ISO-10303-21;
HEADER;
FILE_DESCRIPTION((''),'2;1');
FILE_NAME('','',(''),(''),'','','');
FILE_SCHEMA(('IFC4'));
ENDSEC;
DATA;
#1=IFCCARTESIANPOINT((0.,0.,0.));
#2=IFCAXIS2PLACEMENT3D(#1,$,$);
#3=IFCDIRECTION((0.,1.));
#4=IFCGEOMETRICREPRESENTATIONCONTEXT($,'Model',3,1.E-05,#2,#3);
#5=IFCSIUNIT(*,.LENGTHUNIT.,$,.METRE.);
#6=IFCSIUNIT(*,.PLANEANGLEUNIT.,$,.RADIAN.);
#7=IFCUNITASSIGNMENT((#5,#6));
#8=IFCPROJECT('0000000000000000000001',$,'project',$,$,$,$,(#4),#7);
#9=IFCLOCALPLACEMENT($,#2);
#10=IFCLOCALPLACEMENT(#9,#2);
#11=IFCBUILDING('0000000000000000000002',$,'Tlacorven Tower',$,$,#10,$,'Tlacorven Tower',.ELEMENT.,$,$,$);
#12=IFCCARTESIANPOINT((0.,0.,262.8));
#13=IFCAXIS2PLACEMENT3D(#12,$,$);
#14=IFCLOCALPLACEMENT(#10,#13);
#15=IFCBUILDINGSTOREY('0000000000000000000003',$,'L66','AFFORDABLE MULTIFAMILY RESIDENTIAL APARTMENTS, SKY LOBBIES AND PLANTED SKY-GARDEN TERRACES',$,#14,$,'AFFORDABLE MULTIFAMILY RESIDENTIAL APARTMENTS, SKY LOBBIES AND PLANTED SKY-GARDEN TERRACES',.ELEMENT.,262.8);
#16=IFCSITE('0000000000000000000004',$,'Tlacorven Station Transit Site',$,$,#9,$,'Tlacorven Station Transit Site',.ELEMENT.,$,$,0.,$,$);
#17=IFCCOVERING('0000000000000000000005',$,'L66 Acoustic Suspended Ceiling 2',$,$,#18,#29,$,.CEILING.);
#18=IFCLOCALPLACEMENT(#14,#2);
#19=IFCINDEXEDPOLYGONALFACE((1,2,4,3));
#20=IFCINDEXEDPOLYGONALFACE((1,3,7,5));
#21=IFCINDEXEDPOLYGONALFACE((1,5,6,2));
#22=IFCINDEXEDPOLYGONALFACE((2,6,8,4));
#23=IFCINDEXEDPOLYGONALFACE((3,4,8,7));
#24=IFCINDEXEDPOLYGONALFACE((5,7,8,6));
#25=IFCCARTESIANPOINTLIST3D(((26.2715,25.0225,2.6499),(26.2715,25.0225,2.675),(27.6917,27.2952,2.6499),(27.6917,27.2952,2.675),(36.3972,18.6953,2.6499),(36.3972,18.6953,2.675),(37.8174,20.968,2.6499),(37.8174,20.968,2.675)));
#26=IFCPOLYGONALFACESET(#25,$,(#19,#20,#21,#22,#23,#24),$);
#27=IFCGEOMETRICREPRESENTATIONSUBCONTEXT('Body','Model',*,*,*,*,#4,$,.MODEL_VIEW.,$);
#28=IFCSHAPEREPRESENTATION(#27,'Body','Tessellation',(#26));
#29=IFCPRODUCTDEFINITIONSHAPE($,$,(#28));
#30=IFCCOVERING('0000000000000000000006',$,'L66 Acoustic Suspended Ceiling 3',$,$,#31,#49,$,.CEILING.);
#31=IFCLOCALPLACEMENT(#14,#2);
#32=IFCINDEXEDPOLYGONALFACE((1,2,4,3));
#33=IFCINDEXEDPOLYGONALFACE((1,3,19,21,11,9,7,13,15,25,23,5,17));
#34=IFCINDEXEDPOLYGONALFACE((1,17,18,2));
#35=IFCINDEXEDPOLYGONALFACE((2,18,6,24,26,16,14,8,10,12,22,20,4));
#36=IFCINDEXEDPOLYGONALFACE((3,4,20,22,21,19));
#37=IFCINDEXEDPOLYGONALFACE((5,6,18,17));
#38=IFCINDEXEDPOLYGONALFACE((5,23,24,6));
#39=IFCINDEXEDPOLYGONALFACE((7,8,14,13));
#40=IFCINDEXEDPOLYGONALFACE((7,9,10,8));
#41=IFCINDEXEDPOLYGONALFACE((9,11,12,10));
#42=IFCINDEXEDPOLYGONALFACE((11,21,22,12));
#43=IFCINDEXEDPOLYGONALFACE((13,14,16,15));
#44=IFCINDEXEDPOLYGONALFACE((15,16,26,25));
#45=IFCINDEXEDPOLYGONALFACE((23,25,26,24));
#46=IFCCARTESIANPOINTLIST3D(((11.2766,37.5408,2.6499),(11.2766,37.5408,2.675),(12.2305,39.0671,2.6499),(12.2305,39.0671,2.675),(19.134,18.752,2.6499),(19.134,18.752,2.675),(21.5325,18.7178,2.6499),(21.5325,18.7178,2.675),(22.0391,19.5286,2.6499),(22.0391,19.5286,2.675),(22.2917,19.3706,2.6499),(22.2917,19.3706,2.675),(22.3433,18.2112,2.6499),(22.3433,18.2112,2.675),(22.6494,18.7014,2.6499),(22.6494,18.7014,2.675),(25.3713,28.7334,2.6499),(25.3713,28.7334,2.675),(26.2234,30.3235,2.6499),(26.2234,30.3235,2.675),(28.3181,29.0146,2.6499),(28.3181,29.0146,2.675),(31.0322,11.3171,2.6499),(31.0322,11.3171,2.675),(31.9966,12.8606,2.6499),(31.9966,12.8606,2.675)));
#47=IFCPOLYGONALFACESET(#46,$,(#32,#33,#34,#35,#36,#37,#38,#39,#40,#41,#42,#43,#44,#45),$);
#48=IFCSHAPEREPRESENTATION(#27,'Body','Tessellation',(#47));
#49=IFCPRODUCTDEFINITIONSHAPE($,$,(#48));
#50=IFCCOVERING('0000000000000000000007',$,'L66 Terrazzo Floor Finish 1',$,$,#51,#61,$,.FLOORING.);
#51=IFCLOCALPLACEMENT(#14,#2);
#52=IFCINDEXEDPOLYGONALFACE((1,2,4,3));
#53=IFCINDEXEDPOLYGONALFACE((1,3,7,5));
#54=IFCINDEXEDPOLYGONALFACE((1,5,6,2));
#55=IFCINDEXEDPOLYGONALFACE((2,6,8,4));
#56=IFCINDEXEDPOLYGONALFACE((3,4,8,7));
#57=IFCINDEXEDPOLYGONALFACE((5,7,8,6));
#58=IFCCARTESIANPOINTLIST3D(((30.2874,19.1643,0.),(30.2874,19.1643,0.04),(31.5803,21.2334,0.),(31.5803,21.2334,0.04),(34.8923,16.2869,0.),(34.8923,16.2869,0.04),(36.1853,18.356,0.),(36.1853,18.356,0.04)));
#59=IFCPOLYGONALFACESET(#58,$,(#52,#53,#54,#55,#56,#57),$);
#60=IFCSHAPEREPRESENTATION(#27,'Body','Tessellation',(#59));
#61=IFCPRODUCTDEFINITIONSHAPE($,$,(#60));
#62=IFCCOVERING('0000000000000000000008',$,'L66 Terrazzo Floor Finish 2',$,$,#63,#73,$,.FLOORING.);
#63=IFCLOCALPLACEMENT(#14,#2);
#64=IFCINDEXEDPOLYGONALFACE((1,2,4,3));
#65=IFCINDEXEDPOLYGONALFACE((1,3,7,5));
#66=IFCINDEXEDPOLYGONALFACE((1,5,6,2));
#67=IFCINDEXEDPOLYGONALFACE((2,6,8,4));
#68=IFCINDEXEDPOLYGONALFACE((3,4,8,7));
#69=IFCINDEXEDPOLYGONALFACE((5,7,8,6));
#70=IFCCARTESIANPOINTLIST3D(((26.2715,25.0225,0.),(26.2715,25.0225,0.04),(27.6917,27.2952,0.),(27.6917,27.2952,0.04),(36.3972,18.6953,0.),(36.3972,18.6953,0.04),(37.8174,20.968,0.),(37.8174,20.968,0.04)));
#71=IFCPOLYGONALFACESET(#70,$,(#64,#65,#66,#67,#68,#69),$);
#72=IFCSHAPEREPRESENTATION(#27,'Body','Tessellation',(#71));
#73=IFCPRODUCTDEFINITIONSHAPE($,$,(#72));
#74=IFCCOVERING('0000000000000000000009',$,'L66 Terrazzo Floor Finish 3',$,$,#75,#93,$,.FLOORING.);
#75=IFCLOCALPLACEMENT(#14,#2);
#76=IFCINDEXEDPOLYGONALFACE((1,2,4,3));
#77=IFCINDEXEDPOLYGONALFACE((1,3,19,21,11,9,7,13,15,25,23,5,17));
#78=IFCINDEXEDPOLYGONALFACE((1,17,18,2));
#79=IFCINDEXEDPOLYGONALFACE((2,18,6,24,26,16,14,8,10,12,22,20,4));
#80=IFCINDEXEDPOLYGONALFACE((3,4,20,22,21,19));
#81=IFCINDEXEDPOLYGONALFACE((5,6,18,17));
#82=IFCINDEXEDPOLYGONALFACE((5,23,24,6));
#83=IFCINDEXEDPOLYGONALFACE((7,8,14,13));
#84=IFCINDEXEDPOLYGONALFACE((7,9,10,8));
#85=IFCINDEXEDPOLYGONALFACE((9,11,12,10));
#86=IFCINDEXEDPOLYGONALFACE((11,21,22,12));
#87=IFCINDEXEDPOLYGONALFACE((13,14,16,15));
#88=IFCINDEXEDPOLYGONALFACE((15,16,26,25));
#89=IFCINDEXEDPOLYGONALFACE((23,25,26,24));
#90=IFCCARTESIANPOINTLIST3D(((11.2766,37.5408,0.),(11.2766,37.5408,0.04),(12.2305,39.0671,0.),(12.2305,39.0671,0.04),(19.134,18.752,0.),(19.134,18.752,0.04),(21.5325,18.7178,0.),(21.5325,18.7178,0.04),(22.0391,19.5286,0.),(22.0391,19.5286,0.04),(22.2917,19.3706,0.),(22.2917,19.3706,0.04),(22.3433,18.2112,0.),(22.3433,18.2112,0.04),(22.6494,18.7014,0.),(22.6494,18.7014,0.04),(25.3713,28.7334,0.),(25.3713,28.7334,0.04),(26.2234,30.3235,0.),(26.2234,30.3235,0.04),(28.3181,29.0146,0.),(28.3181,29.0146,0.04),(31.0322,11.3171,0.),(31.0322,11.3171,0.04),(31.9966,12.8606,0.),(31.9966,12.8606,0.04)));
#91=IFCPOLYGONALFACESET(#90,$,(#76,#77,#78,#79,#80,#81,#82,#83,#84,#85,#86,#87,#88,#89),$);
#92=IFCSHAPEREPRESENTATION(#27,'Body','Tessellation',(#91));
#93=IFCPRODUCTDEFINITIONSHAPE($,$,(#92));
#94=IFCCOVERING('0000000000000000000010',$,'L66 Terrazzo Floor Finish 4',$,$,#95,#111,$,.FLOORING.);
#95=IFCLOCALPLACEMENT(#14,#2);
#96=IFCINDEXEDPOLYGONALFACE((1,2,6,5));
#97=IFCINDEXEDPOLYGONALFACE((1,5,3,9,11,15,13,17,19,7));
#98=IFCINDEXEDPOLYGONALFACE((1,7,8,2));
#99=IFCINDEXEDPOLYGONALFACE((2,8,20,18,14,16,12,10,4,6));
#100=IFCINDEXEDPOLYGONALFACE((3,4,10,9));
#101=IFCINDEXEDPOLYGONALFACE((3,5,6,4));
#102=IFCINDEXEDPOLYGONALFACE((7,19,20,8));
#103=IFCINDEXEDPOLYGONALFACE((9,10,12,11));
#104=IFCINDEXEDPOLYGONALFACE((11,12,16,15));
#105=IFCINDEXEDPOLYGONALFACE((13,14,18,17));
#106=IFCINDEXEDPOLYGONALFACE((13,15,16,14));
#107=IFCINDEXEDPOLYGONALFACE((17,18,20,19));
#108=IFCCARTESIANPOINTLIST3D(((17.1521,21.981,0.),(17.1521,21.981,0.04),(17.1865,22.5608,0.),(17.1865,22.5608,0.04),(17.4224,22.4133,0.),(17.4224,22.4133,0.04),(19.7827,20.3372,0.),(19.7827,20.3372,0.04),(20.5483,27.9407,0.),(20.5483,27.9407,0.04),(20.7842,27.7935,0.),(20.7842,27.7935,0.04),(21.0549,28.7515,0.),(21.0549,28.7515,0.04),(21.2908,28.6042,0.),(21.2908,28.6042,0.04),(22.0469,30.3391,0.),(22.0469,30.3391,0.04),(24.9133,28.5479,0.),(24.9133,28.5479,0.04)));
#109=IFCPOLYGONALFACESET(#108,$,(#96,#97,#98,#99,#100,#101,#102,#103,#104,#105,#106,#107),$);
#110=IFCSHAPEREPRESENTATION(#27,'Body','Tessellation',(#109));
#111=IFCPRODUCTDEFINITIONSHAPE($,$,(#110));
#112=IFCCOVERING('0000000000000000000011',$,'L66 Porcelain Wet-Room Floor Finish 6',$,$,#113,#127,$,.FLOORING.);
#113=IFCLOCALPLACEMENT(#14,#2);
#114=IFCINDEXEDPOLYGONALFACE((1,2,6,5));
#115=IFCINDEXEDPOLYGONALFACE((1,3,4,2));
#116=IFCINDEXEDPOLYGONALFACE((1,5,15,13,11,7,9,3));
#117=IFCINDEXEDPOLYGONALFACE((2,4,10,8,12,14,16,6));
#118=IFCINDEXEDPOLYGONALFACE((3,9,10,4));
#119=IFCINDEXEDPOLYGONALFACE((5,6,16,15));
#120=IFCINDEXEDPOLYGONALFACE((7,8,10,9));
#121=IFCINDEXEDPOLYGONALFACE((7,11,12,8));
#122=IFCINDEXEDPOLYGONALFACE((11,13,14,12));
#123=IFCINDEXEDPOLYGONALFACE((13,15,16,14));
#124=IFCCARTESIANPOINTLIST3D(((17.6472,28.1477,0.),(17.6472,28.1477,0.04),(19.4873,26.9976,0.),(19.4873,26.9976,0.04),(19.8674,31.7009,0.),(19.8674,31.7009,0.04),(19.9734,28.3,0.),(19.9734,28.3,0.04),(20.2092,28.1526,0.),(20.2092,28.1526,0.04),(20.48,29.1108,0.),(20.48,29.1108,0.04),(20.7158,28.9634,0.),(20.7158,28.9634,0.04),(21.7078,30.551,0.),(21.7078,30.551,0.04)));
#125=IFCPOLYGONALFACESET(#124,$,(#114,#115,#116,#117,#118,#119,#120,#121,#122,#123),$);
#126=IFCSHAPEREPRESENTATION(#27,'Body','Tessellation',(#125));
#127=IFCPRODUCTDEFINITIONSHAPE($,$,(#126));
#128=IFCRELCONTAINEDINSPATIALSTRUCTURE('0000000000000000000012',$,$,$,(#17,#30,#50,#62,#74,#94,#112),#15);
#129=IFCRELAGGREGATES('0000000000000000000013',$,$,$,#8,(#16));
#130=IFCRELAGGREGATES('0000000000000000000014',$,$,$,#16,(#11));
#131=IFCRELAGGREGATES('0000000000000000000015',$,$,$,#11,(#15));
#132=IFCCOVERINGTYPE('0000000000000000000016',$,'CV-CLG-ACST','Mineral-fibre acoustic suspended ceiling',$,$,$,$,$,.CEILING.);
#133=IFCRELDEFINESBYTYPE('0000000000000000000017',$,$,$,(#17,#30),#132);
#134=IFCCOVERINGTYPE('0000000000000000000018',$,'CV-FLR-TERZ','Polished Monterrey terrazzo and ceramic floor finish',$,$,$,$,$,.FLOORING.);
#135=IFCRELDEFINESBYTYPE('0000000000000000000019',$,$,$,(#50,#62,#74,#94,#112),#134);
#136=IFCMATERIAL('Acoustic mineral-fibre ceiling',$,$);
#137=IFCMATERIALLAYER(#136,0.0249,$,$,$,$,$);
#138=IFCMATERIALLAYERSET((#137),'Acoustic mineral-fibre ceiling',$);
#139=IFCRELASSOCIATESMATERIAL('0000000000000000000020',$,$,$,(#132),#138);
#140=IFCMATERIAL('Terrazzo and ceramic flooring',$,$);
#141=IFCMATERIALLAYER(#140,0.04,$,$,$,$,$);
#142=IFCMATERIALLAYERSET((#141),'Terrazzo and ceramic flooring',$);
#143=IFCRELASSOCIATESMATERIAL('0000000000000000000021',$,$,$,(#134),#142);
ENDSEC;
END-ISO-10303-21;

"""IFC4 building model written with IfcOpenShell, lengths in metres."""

from ifc_helpers import new_model, si_unit, direction, frame, origin, place, context, subcontext, project, spatial, polyline, outline, extrude, material, layer, layer_set, type_object, element, save


model = new_model("IFC4")

# Units and contexts
model_context = context("Model", 3, precision=1e-05, world=origin(), true_north=direction((0.0, 1.0)))
body_context = subcontext(model_context, "Body", "Model", "MODEL_VIEW")
ifc_project = project(units=[si_unit("LENGTHUNIT", "METRE"), si_unit("PLANEANGLEUNIT", "RADIAN")], contexts=[model_context])

# Site, building, storey
site_placement = place(None, origin())
site = spatial("IfcSite", under=ifc_project, at=site_placement, Name="Tlacorven Station Transit Site", LongName="Tlacorven Station Transit Site", CompositionType="ELEMENT", RefElevation=0.0)
building_placement = place(site_placement, origin())
building = spatial("IfcBuilding", under=site, at=building_placement, Name="Tlacorven Tower", LongName="Tlacorven Tower", CompositionType="ELEMENT")
storey_placement = place(building_placement, frame((0.0, 0.0, 262.8)))
storey = spatial("IfcBuildingStorey", under=building, at=storey_placement, Name="L66", Description="AFFORDABLE MULTIFAMILY RESIDENTIAL APARTMENTS, SKY LOBBIES AND PLANTED SKY-GARDEN TERRACES", LongName="AFFORDABLE MULTIFAMILY RESIDENTIAL APARTMENTS, SKY LOBBIES AND PLANTED SKY-GARDEN TERRACES", CompositionType="ELEMENT", Elevation=262.8)

# Coverings
ifc_material_1 = material(Name="Acoustic mineral-fibre ceiling")
ifc_layer_1 = layer(ifc_material_1, 0.0249)
ifc_layer_set_1 = layer_set([ifc_layer_1], Name="Acoustic mineral-fibre ceiling")
covering_type_1 = type_object("IfcCoveringType", Name="CV-CLG-ACST", Description="Mineral-fibre acoustic suspended ceiling", PredefinedType="CEILING", material=ifc_layer_set_1)
covering_1_placement = place(storey_placement, frame((0.0, 0.0, 2.6499)))
element("IfcCovering", 1, at=covering_1_placement, inside=storey, type_object=covering_type_1, Name="L66 Acoustic Suspended Ceiling 2", PredefinedType="CEILING", context=body_context, shape_type="SweptSolid", body=[
    extrude(outline(polyline([(37.8174, 20.968), (36.3972, 18.6953), (26.2715, 25.0225), (27.6917, 27.2952), (37.8174, 20.968)])), origin(), (0.0, 0.0, 1.0), 0.0251),
])
covering_2_placement = place(storey_placement, frame((0.0, 0.0, 2.6499)))
element("IfcCovering", 2, at=covering_2_placement, inside=storey, type_object=covering_type_1, Name="L66 Acoustic Suspended Ceiling 3", PredefinedType="CEILING", context=body_context, shape_type="SweptSolid", body=[
    extrude(outline(polyline([(19.134, 18.752), (25.3713, 28.7334), (11.2766, 37.5408), (12.2305, 39.0671), (26.2234, 30.3235), (28.3181, 29.0146), (22.2917, 19.3706), (22.0391, 19.5286), (21.5325, 18.7178), (22.3433, 18.2112), (22.6494, 18.7014), (31.9966, 12.8606), (31.0322, 11.3171), (19.134, 18.752)])), origin(), (0.0, 0.0, 1.0), 0.0251),
])
ifc_material_2 = material(Name="Terrazzo and ceramic flooring")
ifc_layer_2 = layer(ifc_material_2, 0.04)
ifc_layer_set_2 = layer_set([ifc_layer_2], Name="Terrazzo and ceramic flooring")
covering_type_2 = type_object("IfcCoveringType", Name="CV-FLR-TERZ", Description="Polished Monterrey terrazzo and ceramic floor finish", PredefinedType="FLOORING", material=ifc_layer_set_2)
covering_3_placement = place(storey_placement, origin())
element("IfcCovering", 3, at=covering_3_placement, inside=storey, type_object=covering_type_2, Name="L66 Terrazzo Floor Finish 1", PredefinedType="FLOORING", context=body_context, shape_type="SweptSolid", body=[
    extrude(outline(polyline([(36.1853, 18.356), (34.8923, 16.2869), (30.2874, 19.1643), (31.5803, 21.2334), (36.1853, 18.356)])), origin(), (0.0, 0.0, 1.0), 0.04),
])
covering_4_placement = place(storey_placement, origin())
element("IfcCovering", 4, at=covering_4_placement, inside=storey, type_object=covering_type_2, Name="L66 Terrazzo Floor Finish 2", PredefinedType="FLOORING", context=body_context, shape_type="SweptSolid", body=[
    extrude(outline(polyline([(37.8174, 20.968), (36.3972, 18.6953), (26.2715, 25.0225), (27.6917, 27.2952), (37.8174, 20.968)])), origin(), (0.0, 0.0, 1.0), 0.04),
])
covering_5_placement = place(storey_placement, origin())
element("IfcCovering", 5, at=covering_5_placement, inside=storey, type_object=covering_type_2, Name="L66 Terrazzo Floor Finish 3", PredefinedType="FLOORING", context=body_context, shape_type="SweptSolid", body=[
    extrude(outline(polyline([(19.134, 18.752), (25.3713, 28.7334), (11.2766, 37.5408), (12.2305, 39.0671), (26.2234, 30.3235), (28.3181, 29.0146), (22.2917, 19.3706), (22.0391, 19.5286), (21.5325, 18.7178), (22.3433, 18.2112), (22.6494, 18.7014), (31.9966, 12.8606), (31.0322, 11.3171), (19.134, 18.752)])), origin(), (0.0, 0.0, 1.0), 0.04),
])
covering_6_placement = place(storey_placement, origin())
element("IfcCovering", 6, at=covering_6_placement, inside=storey, type_object=covering_type_2, Name="L66 Terrazzo Floor Finish 4", PredefinedType="FLOORING", context=body_context, shape_type="SweptSolid", body=[
    extrude(outline(polyline([(20.7842, 27.7935), (21.2908, 28.6042), (21.0549, 28.7515), (22.0469, 30.3391), (24.9133, 28.5479), (19.7827, 20.3372), (17.1521, 21.981), (17.4224, 22.4133), (17.1865, 22.5608), (20.5483, 27.9407), (20.7842, 27.7935)])), origin(), (0.0, 0.0, 1.0), 0.04),
])
covering_7_placement = place(storey_placement, origin())
element("IfcCovering", 7, at=covering_7_placement, inside=storey, type_object=covering_type_2, Name="L66 Porcelain Wet-Room Floor Finish 6", PredefinedType="FLOORING", context=body_context, shape_type="SweptSolid", body=[
    extrude(outline(polyline([(20.7158, 28.9634), (20.48, 29.1108), (19.9734, 28.3), (20.2092, 28.1526), (19.4873, 26.9976), (17.6472, 28.1477), (19.8674, 31.7009), (21.7078, 30.551), (20.7158, 28.9634)])), origin(), (0.0, 0.0, 1.0), 0.04),
])

save(model, "model.ifc")
